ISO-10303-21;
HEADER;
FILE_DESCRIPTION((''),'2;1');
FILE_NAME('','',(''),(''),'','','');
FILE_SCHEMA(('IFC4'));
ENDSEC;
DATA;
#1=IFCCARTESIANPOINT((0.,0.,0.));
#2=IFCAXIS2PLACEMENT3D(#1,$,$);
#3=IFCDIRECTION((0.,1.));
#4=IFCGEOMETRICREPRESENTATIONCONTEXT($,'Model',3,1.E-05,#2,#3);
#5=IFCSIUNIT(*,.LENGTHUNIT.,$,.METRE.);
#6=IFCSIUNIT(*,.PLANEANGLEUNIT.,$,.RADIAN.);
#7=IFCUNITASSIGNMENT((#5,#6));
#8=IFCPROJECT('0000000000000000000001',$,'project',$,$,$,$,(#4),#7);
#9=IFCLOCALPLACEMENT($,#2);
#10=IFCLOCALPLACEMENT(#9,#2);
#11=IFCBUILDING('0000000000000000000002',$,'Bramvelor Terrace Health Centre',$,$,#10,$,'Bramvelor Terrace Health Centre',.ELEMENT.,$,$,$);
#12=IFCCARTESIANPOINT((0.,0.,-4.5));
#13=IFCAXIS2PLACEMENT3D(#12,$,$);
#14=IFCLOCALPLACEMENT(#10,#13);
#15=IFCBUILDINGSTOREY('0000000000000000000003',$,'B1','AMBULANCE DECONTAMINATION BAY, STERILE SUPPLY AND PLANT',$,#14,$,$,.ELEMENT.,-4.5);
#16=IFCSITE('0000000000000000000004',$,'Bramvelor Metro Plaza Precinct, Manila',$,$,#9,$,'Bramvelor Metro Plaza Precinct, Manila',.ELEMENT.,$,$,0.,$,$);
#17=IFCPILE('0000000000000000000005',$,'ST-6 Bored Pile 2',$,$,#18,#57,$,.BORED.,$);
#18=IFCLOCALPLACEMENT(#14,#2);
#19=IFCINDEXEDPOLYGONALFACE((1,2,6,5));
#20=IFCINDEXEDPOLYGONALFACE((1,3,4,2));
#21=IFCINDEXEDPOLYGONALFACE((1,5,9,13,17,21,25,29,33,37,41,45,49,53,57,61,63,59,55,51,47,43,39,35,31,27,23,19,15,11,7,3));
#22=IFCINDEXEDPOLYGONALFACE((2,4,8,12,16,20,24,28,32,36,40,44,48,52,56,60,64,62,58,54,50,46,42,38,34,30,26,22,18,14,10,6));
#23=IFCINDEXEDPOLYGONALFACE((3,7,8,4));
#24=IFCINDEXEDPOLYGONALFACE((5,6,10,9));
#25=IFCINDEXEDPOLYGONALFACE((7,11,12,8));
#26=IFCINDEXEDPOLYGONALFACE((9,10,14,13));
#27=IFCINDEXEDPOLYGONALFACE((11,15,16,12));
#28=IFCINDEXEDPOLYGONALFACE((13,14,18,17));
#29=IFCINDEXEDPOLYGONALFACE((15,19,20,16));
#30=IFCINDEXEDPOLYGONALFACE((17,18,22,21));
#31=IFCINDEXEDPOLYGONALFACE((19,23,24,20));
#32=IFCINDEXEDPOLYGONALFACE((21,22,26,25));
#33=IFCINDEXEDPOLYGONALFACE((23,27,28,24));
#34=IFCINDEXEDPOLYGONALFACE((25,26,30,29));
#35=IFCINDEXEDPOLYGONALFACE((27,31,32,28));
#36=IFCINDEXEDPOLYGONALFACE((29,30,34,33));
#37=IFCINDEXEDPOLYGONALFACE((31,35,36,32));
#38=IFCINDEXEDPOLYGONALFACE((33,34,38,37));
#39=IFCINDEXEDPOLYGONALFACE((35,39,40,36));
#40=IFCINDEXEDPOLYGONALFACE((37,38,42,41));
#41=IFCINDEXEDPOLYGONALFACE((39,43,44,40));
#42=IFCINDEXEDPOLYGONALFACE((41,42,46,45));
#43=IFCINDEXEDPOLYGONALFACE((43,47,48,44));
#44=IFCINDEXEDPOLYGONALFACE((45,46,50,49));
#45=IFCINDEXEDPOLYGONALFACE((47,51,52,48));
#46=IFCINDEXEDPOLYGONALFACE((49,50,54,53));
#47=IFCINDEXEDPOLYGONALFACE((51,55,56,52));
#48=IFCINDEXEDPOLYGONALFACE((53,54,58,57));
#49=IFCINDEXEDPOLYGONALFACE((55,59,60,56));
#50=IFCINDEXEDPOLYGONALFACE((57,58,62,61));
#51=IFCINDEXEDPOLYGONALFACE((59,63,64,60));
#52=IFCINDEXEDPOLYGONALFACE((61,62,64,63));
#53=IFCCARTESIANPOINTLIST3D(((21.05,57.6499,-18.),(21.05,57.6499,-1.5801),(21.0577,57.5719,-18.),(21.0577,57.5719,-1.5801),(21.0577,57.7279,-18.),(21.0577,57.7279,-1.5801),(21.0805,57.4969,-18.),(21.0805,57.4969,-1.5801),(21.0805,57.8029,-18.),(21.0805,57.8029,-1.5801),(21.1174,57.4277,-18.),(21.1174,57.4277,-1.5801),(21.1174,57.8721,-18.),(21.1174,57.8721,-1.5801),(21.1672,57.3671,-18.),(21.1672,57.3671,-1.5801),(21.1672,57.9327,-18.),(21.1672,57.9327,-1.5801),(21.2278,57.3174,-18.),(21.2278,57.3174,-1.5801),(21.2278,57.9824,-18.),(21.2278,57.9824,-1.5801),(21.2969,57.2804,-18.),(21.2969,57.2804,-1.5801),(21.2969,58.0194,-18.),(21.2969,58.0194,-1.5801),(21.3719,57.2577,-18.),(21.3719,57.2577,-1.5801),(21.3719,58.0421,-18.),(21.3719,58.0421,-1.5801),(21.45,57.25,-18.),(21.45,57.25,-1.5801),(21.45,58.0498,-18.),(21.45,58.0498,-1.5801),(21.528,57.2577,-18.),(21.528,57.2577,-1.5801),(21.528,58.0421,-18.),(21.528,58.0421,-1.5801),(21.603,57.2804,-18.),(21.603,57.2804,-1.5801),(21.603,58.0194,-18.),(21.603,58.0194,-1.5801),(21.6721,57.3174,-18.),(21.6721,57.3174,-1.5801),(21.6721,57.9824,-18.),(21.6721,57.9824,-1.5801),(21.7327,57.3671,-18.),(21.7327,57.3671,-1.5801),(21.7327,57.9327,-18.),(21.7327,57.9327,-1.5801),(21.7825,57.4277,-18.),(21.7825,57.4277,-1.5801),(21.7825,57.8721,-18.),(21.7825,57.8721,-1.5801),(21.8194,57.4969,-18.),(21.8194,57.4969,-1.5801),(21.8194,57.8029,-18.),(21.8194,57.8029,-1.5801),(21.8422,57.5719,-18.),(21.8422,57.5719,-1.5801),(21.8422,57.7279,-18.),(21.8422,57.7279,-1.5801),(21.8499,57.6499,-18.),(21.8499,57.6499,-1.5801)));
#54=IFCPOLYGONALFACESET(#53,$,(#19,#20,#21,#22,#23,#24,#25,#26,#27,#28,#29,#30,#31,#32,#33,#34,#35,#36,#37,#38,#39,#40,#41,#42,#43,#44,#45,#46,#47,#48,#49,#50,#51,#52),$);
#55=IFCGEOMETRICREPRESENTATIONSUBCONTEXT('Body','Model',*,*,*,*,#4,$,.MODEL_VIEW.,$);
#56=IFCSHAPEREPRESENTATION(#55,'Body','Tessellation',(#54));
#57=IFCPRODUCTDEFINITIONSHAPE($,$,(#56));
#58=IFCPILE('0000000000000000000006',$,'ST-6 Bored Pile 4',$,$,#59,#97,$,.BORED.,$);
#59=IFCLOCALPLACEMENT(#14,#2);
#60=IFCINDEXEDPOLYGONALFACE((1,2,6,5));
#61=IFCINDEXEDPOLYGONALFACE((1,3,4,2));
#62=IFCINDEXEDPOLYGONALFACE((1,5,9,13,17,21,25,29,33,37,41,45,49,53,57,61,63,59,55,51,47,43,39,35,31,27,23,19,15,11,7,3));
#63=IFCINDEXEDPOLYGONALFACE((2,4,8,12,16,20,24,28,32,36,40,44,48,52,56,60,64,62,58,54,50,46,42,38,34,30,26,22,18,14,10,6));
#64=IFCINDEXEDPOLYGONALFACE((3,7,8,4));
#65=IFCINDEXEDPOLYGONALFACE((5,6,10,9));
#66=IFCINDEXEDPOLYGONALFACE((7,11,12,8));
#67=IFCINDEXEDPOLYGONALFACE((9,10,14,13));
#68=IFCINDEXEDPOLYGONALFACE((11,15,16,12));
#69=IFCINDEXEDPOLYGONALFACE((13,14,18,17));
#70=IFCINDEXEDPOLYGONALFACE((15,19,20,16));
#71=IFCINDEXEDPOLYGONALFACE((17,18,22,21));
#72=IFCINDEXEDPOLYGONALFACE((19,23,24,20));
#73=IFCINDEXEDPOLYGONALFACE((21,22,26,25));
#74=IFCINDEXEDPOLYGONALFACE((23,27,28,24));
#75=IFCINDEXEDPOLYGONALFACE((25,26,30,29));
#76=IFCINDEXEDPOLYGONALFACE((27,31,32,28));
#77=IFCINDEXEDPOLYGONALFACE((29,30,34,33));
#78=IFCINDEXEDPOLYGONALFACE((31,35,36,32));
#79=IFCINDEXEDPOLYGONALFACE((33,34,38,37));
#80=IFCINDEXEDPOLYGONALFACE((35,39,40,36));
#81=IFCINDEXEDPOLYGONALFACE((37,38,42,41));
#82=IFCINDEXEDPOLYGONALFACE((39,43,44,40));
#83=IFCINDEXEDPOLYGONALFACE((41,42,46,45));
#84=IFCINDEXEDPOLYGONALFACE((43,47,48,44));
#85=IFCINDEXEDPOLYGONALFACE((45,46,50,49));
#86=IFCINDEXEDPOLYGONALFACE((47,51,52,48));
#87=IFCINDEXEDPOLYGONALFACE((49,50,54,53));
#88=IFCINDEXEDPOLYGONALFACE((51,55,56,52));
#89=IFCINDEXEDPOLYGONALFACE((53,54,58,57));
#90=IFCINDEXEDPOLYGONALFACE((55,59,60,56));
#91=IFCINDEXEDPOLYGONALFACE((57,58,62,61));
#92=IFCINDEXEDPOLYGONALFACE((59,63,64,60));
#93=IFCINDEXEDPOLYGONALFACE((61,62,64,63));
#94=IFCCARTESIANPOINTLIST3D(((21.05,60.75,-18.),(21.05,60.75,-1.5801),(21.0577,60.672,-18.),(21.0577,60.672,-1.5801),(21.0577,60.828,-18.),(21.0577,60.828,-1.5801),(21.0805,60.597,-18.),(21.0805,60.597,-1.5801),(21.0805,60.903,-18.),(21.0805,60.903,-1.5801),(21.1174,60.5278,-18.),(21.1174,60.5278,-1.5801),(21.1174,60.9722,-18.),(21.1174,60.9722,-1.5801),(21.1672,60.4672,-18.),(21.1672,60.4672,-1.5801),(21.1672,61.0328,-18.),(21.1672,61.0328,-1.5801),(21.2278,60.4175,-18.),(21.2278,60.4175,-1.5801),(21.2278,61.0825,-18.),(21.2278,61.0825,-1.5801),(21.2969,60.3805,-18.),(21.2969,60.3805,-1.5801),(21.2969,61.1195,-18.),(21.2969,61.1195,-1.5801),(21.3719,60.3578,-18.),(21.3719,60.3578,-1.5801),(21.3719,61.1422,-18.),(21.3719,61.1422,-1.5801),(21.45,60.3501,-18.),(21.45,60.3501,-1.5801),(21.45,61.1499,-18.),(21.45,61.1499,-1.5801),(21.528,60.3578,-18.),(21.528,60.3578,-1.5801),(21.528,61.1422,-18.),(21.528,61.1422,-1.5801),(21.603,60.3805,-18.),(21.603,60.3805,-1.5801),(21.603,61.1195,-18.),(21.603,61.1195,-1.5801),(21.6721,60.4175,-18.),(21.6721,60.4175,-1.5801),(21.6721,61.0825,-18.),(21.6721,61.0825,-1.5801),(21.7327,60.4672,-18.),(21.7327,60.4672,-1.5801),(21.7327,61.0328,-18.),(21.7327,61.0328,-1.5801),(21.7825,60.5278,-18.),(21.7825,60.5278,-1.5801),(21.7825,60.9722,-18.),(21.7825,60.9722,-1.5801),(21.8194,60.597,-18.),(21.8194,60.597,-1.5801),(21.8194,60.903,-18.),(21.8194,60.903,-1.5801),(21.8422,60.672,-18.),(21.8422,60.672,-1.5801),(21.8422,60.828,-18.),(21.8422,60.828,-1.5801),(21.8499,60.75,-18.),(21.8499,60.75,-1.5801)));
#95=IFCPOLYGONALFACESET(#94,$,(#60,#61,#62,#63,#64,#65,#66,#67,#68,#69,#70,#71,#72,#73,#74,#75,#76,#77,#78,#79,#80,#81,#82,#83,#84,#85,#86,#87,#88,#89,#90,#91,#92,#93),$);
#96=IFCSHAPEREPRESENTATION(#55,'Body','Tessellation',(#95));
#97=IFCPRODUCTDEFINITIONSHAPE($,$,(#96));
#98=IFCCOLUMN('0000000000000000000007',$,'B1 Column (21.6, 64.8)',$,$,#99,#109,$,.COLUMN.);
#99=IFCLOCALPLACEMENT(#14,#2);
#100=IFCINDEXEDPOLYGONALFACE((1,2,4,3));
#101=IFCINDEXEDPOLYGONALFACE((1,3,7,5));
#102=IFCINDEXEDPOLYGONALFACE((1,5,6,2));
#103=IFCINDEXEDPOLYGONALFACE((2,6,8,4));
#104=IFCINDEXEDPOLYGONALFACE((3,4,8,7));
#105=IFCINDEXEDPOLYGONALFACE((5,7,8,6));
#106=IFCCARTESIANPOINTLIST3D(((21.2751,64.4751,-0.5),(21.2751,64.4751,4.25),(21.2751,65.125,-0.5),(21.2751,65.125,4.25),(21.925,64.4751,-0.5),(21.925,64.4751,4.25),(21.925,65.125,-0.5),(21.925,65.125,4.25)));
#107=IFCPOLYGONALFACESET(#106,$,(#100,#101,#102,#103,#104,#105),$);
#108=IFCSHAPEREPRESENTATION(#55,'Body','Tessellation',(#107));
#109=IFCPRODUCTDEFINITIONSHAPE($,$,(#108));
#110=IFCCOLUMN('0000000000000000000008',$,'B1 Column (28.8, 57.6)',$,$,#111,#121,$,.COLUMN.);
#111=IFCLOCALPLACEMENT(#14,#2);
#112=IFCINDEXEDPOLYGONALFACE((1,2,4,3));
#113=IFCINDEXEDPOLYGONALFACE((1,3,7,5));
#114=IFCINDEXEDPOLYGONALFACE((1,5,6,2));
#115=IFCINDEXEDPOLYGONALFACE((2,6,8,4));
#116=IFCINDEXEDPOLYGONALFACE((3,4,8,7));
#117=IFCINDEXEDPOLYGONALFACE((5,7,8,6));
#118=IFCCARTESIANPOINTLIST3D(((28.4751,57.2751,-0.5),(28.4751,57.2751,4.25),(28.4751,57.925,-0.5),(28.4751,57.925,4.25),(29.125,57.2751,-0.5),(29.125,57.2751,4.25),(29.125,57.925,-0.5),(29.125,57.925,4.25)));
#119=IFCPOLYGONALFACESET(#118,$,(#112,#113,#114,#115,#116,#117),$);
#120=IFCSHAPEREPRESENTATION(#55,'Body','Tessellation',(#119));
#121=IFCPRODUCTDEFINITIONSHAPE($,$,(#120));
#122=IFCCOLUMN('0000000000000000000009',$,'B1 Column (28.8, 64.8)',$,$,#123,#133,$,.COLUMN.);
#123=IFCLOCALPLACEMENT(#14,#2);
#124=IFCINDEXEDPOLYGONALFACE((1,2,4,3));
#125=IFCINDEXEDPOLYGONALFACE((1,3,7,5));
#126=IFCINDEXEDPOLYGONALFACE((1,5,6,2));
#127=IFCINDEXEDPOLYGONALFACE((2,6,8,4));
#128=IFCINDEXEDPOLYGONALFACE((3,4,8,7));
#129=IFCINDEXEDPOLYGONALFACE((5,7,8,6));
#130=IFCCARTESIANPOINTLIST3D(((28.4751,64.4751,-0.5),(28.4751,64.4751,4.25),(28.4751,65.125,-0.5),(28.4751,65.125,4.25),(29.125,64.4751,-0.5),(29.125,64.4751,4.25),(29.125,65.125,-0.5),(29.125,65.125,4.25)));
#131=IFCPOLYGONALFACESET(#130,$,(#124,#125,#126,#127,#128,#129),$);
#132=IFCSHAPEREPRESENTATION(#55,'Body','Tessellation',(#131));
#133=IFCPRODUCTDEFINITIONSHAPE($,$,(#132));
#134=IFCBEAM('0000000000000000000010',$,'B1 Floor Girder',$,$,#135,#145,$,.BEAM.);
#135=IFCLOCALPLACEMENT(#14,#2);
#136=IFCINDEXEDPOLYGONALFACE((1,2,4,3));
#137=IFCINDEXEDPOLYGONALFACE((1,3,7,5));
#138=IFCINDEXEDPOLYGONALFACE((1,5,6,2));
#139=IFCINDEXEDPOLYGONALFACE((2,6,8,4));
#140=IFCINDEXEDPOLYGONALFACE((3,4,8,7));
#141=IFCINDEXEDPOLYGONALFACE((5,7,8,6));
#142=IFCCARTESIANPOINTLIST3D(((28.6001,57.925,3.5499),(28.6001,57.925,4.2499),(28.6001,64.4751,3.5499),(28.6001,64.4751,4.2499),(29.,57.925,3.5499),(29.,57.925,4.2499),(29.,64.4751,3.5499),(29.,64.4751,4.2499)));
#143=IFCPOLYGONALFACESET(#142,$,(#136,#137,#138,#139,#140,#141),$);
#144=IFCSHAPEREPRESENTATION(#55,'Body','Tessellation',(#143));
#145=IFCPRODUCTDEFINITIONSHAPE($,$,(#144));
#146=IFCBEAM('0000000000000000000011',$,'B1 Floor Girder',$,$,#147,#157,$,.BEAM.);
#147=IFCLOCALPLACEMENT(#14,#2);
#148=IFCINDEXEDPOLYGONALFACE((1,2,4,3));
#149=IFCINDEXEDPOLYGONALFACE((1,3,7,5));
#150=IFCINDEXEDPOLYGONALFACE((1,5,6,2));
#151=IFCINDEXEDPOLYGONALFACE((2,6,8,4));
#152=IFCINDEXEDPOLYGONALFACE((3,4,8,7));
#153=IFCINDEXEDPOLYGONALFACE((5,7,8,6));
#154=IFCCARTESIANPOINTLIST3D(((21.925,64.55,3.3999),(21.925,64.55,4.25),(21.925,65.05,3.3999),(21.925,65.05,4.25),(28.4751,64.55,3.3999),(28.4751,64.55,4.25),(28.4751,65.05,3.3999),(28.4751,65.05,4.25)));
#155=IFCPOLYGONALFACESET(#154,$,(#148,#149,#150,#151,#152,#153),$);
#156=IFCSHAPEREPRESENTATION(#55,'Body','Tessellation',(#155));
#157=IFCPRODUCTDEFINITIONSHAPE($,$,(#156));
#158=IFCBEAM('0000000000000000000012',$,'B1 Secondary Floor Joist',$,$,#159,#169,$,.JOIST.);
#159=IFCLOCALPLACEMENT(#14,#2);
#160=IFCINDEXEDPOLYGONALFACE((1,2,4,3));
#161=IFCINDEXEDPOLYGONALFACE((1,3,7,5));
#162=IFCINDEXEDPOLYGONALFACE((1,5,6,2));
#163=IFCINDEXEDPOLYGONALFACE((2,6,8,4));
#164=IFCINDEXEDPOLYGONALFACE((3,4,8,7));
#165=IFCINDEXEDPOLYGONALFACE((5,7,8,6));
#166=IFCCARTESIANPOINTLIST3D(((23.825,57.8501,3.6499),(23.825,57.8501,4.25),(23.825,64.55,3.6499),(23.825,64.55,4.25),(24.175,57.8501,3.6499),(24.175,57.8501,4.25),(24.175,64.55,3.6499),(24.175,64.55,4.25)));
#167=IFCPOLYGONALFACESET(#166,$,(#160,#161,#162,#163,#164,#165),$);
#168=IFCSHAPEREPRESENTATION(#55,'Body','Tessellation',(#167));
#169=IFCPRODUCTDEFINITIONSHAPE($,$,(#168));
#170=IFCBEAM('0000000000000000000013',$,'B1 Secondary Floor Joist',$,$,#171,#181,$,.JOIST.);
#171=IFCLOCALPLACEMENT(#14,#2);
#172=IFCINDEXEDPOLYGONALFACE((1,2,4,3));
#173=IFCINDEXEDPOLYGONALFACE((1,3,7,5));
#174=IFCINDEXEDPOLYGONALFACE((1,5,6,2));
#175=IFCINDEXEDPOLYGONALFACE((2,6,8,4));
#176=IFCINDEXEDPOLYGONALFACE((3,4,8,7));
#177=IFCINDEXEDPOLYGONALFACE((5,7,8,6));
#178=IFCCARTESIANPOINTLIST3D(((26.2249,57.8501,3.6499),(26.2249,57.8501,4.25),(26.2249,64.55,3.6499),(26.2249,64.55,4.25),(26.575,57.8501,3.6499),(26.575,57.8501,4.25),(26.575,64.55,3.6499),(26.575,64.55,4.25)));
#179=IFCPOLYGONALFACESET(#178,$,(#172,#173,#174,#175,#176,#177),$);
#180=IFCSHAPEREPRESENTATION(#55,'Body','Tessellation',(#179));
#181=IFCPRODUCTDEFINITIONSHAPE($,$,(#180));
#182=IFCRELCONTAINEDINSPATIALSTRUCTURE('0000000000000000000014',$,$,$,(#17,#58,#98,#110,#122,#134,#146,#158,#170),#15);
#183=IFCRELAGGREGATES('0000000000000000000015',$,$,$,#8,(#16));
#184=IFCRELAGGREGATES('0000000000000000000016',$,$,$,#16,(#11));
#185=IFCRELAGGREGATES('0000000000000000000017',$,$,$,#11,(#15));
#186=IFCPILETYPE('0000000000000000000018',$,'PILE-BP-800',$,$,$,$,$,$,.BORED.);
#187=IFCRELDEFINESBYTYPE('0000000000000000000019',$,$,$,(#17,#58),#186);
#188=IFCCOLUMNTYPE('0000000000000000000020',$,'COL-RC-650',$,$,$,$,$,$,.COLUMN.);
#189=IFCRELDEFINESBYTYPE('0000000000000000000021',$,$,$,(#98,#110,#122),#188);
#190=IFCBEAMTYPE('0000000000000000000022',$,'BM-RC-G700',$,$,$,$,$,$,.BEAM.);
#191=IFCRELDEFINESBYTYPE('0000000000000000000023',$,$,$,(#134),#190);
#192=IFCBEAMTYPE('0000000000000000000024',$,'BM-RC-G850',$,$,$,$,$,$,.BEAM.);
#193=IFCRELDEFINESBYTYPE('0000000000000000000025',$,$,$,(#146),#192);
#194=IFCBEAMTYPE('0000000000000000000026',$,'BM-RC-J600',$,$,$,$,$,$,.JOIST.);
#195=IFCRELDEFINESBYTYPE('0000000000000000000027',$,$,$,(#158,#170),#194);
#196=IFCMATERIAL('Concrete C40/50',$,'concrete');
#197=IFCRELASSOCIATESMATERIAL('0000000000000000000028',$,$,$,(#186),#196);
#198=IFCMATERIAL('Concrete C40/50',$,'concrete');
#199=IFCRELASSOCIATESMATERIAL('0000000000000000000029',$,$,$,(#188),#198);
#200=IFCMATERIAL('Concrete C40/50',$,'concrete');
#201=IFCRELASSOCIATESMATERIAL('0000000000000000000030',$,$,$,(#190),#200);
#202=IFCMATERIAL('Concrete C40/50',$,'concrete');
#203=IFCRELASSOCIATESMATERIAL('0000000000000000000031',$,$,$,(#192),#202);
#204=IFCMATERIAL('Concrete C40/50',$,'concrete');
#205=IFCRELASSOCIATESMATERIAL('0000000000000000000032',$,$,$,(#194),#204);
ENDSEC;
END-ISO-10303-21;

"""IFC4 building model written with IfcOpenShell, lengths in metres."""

from ifc_helpers import new_model, si_unit, direction, frame, origin, origin_2d, place, context, subcontext, project, spatial, rectangle, circle, extrude, material, material_profile, profile_set, type_object, element, save


model = new_model("IFC4")

# Units and contexts
model_context = context("Model", 3, precision=1e-05, world=origin(), true_north=direction((0.0, 1.0)))
body_context = subcontext(model_context, "Body", "Model", "MODEL_VIEW")
ifc_project = project(units=[si_unit("LENGTHUNIT", "METRE"), si_unit("PLANEANGLEUNIT", "RADIAN")], contexts=[model_context])

# Site, building, storey
site_placement = place(None, origin())
site = spatial("IfcSite", under=ifc_project, at=site_placement, Name="Bramvelor Metro Plaza Precinct, Manila", LongName="Bramvelor Metro Plaza Precinct, Manila", CompositionType="ELEMENT", RefElevation=0.0)
building_placement = place(site_placement, origin())
building = spatial("IfcBuilding", under=site, at=building_placement, Name="Bramvelor Terrace Health Centre", LongName="Bramvelor Terrace Health Centre", CompositionType="ELEMENT")
storey_placement = place(building_placement, frame((0.0, 0.0, -4.5)))
storey = spatial("IfcBuildingStorey", under=building, at=storey_placement, Name="B1", Description="AMBULANCE DECONTAMINATION BAY, STERILE SUPPLY AND PLANT", CompositionType="ELEMENT", Elevation=-4.5)

# Piles
ifc_material_1 = material(Name="Concrete C40/50", Category="concrete")
ifc_material_profile_1 = material_profile(ifc_material_1, circle(Radius=0.3999, at=origin_2d()), Name="BP D800")
ifc_profile_set_1 = profile_set([ifc_material_profile_1], Name="Concrete C40/50")
pile_type_1 = type_object("IfcPileType", Name="PILE-BP-800", PredefinedType="BORED", material=ifc_profile_set_1)
for number, where, z_axis, x_axis, name in (
    (1, (21.45, 57.6499, -1.5801), (0.0, 0.0, -1.0), (1.0, 0.0, 0.0), "ST-6 Bored Pile 2"),
    (2, (21.45, 60.75, -1.5801), (0.0, 0.0, -1.0), (1.0, 0.0, 0.0), "ST-6 Bored Pile 4"),
):
    element("IfcPile", number, at=place(storey_placement, frame(where, z_axis=z_axis, x_axis=x_axis)), inside=storey, type_object=pile_type_1, Name=name, PredefinedType="BORED", context=body_context, shape_type="SweptSolid", body=[
        extrude(circle(Radius=0.3999, at=origin_2d()), origin(), (0.0, 0.0, 1.0), 16.4199),
    ])

# Columns
ifc_material_2 = material(Name="Concrete C40/50", Category="concrete")
ifc_material_profile_2 = material_profile(ifc_material_2, rectangle(XDim=0.6499, YDim=0.6499, at=origin_2d()), Name="RC 650x650")
ifc_profile_set_2 = profile_set([ifc_material_profile_2], Name="Concrete C40/50")
column_type = type_object("IfcColumnType", Name="COL-RC-650", PredefinedType="COLUMN", material=ifc_profile_set_2)
for number, where, z_axis, x_axis, name in (
    (3, (21.6001, 64.8, -0.5), (0.0, 0.0, 1.0), (1.0, 0.0, 0.0), "B1 Column (21.6, 64.8)"),
    (4, (28.8, 57.6001, -0.5), (0.0, 0.0, 1.0), (1.0, 0.0, 0.0), "B1 Column (28.8, 57.6)"),
    (5, (28.8, 64.8, -0.5), (0.0, 0.0, 1.0), (1.0, 0.0, 0.0), "B1 Column (28.8, 64.8)"),
):
    element("IfcColumn", number, at=place(storey_placement, frame(where, z_axis=z_axis, x_axis=x_axis)), inside=storey, type_object=column_type, Name=name, PredefinedType="COLUMN", context=body_context, shape_type="SweptSolid", body=[
        extrude(rectangle(XDim=0.6499, YDim=0.6499, at=origin_2d()), origin(), (0.0, 0.0, 1.0), 4.75),
    ])

# Beams
ifc_material_3 = material(Name="Concrete C40/50", Category="concrete")
ifc_material_profile_3 = material_profile(ifc_material_3, rectangle(XDim=0.3999, YDim=0.7, at=origin_2d()), Name="RC 400x700")
ifc_profile_set_3 = profile_set([ifc_material_profile_3], Name="Concrete C40/50")
beam_type_1 = type_object("IfcBeamType", Name="BM-RC-G700", PredefinedType="BEAM", material=ifc_profile_set_3)
beam_1_placement = place(storey_placement, frame((28.8, 57.925, 3.8999), z_axis=(0.0, 1.0, 0.0), x_axis=(-1.0, 0.0, 0.0)))
element("IfcBeam", 6, at=beam_1_placement, inside=storey, type_object=beam_type_1, Name="B1 Floor Girder", PredefinedType="BEAM", context=body_context, shape_type="SweptSolid", body=[
    extrude(rectangle(XDim=0.3999, YDim=0.7, at=origin_2d()), origin(), (0.0, 0.0, 1.0), 6.55),
])
ifc_material_4 = material(Name="Concrete C40/50", Category="concrete")
ifc_material_profile_4 = material_profile(ifc_material_4, rectangle(XDim=0.5, YDim=0.8501, at=origin_2d()), Name="RC 500x850")
ifc_profile_set_4 = profile_set([ifc_material_profile_4], Name="Concrete C40/50")
beam_type_2 = type_object("IfcBeamType", Name="BM-RC-G850", PredefinedType="BEAM", material=ifc_profile_set_4)
beam_2_placement = place(storey_placement, frame((21.925, 64.8, 3.825), z_axis=(1.0, 0.0, 0.0), x_axis=(0.0, 1.0, 0.0)))
element("IfcBeam", 7, at=beam_2_placement, inside=storey, type_object=beam_type_2, Name="B1 Floor Girder", PredefinedType="BEAM", context=body_context, shape_type="SweptSolid", body=[
    extrude(rectangle(XDim=0.5, YDim=0.8501, at=origin_2d()), origin(), (0.0, 0.0, 1.0), 6.55),
])
ifc_material_5 = material(Name="Concrete C40/50", Category="concrete")
ifc_material_profile_5 = material_profile(ifc_material_5, rectangle(XDim=0.3501, YDim=0.6001, at=origin_2d()), Name="RC 350x600")
ifc_profile_set_5 = profile_set([ifc_material_profile_5], Name="Concrete C40/50")
beam_type_3 = type_object("IfcBeamType", Name="BM-RC-J600", PredefinedType="JOIST", material=ifc_profile_set_5)
for number, where, z_axis, x_axis, name in (
    (8, (24.0, 57.8501, 3.95), (0.0, 1.0, 0.0), (-1.0, 0.0, 0.0), "B1 Secondary Floor Joist"),
    (9, (26.3999, 57.8501, 3.95), (0.0, 1.0, 0.0), (-1.0, 0.0, 0.0), "B1 Secondary Floor Joist"),
):
    element("IfcBeam", number, at=place(storey_placement, frame(where, z_axis=z_axis, x_axis=x_axis)), inside=storey, type_object=beam_type_3, Name=name, PredefinedType="JOIST", context=body_context, shape_type="SweptSolid", body=[
        extrude(rectangle(XDim=0.3501, YDim=0.6001, at=origin_2d()), origin(), (0.0, 0.0, 1.0), 6.7),
    ])

save(model, "model.ifc")
